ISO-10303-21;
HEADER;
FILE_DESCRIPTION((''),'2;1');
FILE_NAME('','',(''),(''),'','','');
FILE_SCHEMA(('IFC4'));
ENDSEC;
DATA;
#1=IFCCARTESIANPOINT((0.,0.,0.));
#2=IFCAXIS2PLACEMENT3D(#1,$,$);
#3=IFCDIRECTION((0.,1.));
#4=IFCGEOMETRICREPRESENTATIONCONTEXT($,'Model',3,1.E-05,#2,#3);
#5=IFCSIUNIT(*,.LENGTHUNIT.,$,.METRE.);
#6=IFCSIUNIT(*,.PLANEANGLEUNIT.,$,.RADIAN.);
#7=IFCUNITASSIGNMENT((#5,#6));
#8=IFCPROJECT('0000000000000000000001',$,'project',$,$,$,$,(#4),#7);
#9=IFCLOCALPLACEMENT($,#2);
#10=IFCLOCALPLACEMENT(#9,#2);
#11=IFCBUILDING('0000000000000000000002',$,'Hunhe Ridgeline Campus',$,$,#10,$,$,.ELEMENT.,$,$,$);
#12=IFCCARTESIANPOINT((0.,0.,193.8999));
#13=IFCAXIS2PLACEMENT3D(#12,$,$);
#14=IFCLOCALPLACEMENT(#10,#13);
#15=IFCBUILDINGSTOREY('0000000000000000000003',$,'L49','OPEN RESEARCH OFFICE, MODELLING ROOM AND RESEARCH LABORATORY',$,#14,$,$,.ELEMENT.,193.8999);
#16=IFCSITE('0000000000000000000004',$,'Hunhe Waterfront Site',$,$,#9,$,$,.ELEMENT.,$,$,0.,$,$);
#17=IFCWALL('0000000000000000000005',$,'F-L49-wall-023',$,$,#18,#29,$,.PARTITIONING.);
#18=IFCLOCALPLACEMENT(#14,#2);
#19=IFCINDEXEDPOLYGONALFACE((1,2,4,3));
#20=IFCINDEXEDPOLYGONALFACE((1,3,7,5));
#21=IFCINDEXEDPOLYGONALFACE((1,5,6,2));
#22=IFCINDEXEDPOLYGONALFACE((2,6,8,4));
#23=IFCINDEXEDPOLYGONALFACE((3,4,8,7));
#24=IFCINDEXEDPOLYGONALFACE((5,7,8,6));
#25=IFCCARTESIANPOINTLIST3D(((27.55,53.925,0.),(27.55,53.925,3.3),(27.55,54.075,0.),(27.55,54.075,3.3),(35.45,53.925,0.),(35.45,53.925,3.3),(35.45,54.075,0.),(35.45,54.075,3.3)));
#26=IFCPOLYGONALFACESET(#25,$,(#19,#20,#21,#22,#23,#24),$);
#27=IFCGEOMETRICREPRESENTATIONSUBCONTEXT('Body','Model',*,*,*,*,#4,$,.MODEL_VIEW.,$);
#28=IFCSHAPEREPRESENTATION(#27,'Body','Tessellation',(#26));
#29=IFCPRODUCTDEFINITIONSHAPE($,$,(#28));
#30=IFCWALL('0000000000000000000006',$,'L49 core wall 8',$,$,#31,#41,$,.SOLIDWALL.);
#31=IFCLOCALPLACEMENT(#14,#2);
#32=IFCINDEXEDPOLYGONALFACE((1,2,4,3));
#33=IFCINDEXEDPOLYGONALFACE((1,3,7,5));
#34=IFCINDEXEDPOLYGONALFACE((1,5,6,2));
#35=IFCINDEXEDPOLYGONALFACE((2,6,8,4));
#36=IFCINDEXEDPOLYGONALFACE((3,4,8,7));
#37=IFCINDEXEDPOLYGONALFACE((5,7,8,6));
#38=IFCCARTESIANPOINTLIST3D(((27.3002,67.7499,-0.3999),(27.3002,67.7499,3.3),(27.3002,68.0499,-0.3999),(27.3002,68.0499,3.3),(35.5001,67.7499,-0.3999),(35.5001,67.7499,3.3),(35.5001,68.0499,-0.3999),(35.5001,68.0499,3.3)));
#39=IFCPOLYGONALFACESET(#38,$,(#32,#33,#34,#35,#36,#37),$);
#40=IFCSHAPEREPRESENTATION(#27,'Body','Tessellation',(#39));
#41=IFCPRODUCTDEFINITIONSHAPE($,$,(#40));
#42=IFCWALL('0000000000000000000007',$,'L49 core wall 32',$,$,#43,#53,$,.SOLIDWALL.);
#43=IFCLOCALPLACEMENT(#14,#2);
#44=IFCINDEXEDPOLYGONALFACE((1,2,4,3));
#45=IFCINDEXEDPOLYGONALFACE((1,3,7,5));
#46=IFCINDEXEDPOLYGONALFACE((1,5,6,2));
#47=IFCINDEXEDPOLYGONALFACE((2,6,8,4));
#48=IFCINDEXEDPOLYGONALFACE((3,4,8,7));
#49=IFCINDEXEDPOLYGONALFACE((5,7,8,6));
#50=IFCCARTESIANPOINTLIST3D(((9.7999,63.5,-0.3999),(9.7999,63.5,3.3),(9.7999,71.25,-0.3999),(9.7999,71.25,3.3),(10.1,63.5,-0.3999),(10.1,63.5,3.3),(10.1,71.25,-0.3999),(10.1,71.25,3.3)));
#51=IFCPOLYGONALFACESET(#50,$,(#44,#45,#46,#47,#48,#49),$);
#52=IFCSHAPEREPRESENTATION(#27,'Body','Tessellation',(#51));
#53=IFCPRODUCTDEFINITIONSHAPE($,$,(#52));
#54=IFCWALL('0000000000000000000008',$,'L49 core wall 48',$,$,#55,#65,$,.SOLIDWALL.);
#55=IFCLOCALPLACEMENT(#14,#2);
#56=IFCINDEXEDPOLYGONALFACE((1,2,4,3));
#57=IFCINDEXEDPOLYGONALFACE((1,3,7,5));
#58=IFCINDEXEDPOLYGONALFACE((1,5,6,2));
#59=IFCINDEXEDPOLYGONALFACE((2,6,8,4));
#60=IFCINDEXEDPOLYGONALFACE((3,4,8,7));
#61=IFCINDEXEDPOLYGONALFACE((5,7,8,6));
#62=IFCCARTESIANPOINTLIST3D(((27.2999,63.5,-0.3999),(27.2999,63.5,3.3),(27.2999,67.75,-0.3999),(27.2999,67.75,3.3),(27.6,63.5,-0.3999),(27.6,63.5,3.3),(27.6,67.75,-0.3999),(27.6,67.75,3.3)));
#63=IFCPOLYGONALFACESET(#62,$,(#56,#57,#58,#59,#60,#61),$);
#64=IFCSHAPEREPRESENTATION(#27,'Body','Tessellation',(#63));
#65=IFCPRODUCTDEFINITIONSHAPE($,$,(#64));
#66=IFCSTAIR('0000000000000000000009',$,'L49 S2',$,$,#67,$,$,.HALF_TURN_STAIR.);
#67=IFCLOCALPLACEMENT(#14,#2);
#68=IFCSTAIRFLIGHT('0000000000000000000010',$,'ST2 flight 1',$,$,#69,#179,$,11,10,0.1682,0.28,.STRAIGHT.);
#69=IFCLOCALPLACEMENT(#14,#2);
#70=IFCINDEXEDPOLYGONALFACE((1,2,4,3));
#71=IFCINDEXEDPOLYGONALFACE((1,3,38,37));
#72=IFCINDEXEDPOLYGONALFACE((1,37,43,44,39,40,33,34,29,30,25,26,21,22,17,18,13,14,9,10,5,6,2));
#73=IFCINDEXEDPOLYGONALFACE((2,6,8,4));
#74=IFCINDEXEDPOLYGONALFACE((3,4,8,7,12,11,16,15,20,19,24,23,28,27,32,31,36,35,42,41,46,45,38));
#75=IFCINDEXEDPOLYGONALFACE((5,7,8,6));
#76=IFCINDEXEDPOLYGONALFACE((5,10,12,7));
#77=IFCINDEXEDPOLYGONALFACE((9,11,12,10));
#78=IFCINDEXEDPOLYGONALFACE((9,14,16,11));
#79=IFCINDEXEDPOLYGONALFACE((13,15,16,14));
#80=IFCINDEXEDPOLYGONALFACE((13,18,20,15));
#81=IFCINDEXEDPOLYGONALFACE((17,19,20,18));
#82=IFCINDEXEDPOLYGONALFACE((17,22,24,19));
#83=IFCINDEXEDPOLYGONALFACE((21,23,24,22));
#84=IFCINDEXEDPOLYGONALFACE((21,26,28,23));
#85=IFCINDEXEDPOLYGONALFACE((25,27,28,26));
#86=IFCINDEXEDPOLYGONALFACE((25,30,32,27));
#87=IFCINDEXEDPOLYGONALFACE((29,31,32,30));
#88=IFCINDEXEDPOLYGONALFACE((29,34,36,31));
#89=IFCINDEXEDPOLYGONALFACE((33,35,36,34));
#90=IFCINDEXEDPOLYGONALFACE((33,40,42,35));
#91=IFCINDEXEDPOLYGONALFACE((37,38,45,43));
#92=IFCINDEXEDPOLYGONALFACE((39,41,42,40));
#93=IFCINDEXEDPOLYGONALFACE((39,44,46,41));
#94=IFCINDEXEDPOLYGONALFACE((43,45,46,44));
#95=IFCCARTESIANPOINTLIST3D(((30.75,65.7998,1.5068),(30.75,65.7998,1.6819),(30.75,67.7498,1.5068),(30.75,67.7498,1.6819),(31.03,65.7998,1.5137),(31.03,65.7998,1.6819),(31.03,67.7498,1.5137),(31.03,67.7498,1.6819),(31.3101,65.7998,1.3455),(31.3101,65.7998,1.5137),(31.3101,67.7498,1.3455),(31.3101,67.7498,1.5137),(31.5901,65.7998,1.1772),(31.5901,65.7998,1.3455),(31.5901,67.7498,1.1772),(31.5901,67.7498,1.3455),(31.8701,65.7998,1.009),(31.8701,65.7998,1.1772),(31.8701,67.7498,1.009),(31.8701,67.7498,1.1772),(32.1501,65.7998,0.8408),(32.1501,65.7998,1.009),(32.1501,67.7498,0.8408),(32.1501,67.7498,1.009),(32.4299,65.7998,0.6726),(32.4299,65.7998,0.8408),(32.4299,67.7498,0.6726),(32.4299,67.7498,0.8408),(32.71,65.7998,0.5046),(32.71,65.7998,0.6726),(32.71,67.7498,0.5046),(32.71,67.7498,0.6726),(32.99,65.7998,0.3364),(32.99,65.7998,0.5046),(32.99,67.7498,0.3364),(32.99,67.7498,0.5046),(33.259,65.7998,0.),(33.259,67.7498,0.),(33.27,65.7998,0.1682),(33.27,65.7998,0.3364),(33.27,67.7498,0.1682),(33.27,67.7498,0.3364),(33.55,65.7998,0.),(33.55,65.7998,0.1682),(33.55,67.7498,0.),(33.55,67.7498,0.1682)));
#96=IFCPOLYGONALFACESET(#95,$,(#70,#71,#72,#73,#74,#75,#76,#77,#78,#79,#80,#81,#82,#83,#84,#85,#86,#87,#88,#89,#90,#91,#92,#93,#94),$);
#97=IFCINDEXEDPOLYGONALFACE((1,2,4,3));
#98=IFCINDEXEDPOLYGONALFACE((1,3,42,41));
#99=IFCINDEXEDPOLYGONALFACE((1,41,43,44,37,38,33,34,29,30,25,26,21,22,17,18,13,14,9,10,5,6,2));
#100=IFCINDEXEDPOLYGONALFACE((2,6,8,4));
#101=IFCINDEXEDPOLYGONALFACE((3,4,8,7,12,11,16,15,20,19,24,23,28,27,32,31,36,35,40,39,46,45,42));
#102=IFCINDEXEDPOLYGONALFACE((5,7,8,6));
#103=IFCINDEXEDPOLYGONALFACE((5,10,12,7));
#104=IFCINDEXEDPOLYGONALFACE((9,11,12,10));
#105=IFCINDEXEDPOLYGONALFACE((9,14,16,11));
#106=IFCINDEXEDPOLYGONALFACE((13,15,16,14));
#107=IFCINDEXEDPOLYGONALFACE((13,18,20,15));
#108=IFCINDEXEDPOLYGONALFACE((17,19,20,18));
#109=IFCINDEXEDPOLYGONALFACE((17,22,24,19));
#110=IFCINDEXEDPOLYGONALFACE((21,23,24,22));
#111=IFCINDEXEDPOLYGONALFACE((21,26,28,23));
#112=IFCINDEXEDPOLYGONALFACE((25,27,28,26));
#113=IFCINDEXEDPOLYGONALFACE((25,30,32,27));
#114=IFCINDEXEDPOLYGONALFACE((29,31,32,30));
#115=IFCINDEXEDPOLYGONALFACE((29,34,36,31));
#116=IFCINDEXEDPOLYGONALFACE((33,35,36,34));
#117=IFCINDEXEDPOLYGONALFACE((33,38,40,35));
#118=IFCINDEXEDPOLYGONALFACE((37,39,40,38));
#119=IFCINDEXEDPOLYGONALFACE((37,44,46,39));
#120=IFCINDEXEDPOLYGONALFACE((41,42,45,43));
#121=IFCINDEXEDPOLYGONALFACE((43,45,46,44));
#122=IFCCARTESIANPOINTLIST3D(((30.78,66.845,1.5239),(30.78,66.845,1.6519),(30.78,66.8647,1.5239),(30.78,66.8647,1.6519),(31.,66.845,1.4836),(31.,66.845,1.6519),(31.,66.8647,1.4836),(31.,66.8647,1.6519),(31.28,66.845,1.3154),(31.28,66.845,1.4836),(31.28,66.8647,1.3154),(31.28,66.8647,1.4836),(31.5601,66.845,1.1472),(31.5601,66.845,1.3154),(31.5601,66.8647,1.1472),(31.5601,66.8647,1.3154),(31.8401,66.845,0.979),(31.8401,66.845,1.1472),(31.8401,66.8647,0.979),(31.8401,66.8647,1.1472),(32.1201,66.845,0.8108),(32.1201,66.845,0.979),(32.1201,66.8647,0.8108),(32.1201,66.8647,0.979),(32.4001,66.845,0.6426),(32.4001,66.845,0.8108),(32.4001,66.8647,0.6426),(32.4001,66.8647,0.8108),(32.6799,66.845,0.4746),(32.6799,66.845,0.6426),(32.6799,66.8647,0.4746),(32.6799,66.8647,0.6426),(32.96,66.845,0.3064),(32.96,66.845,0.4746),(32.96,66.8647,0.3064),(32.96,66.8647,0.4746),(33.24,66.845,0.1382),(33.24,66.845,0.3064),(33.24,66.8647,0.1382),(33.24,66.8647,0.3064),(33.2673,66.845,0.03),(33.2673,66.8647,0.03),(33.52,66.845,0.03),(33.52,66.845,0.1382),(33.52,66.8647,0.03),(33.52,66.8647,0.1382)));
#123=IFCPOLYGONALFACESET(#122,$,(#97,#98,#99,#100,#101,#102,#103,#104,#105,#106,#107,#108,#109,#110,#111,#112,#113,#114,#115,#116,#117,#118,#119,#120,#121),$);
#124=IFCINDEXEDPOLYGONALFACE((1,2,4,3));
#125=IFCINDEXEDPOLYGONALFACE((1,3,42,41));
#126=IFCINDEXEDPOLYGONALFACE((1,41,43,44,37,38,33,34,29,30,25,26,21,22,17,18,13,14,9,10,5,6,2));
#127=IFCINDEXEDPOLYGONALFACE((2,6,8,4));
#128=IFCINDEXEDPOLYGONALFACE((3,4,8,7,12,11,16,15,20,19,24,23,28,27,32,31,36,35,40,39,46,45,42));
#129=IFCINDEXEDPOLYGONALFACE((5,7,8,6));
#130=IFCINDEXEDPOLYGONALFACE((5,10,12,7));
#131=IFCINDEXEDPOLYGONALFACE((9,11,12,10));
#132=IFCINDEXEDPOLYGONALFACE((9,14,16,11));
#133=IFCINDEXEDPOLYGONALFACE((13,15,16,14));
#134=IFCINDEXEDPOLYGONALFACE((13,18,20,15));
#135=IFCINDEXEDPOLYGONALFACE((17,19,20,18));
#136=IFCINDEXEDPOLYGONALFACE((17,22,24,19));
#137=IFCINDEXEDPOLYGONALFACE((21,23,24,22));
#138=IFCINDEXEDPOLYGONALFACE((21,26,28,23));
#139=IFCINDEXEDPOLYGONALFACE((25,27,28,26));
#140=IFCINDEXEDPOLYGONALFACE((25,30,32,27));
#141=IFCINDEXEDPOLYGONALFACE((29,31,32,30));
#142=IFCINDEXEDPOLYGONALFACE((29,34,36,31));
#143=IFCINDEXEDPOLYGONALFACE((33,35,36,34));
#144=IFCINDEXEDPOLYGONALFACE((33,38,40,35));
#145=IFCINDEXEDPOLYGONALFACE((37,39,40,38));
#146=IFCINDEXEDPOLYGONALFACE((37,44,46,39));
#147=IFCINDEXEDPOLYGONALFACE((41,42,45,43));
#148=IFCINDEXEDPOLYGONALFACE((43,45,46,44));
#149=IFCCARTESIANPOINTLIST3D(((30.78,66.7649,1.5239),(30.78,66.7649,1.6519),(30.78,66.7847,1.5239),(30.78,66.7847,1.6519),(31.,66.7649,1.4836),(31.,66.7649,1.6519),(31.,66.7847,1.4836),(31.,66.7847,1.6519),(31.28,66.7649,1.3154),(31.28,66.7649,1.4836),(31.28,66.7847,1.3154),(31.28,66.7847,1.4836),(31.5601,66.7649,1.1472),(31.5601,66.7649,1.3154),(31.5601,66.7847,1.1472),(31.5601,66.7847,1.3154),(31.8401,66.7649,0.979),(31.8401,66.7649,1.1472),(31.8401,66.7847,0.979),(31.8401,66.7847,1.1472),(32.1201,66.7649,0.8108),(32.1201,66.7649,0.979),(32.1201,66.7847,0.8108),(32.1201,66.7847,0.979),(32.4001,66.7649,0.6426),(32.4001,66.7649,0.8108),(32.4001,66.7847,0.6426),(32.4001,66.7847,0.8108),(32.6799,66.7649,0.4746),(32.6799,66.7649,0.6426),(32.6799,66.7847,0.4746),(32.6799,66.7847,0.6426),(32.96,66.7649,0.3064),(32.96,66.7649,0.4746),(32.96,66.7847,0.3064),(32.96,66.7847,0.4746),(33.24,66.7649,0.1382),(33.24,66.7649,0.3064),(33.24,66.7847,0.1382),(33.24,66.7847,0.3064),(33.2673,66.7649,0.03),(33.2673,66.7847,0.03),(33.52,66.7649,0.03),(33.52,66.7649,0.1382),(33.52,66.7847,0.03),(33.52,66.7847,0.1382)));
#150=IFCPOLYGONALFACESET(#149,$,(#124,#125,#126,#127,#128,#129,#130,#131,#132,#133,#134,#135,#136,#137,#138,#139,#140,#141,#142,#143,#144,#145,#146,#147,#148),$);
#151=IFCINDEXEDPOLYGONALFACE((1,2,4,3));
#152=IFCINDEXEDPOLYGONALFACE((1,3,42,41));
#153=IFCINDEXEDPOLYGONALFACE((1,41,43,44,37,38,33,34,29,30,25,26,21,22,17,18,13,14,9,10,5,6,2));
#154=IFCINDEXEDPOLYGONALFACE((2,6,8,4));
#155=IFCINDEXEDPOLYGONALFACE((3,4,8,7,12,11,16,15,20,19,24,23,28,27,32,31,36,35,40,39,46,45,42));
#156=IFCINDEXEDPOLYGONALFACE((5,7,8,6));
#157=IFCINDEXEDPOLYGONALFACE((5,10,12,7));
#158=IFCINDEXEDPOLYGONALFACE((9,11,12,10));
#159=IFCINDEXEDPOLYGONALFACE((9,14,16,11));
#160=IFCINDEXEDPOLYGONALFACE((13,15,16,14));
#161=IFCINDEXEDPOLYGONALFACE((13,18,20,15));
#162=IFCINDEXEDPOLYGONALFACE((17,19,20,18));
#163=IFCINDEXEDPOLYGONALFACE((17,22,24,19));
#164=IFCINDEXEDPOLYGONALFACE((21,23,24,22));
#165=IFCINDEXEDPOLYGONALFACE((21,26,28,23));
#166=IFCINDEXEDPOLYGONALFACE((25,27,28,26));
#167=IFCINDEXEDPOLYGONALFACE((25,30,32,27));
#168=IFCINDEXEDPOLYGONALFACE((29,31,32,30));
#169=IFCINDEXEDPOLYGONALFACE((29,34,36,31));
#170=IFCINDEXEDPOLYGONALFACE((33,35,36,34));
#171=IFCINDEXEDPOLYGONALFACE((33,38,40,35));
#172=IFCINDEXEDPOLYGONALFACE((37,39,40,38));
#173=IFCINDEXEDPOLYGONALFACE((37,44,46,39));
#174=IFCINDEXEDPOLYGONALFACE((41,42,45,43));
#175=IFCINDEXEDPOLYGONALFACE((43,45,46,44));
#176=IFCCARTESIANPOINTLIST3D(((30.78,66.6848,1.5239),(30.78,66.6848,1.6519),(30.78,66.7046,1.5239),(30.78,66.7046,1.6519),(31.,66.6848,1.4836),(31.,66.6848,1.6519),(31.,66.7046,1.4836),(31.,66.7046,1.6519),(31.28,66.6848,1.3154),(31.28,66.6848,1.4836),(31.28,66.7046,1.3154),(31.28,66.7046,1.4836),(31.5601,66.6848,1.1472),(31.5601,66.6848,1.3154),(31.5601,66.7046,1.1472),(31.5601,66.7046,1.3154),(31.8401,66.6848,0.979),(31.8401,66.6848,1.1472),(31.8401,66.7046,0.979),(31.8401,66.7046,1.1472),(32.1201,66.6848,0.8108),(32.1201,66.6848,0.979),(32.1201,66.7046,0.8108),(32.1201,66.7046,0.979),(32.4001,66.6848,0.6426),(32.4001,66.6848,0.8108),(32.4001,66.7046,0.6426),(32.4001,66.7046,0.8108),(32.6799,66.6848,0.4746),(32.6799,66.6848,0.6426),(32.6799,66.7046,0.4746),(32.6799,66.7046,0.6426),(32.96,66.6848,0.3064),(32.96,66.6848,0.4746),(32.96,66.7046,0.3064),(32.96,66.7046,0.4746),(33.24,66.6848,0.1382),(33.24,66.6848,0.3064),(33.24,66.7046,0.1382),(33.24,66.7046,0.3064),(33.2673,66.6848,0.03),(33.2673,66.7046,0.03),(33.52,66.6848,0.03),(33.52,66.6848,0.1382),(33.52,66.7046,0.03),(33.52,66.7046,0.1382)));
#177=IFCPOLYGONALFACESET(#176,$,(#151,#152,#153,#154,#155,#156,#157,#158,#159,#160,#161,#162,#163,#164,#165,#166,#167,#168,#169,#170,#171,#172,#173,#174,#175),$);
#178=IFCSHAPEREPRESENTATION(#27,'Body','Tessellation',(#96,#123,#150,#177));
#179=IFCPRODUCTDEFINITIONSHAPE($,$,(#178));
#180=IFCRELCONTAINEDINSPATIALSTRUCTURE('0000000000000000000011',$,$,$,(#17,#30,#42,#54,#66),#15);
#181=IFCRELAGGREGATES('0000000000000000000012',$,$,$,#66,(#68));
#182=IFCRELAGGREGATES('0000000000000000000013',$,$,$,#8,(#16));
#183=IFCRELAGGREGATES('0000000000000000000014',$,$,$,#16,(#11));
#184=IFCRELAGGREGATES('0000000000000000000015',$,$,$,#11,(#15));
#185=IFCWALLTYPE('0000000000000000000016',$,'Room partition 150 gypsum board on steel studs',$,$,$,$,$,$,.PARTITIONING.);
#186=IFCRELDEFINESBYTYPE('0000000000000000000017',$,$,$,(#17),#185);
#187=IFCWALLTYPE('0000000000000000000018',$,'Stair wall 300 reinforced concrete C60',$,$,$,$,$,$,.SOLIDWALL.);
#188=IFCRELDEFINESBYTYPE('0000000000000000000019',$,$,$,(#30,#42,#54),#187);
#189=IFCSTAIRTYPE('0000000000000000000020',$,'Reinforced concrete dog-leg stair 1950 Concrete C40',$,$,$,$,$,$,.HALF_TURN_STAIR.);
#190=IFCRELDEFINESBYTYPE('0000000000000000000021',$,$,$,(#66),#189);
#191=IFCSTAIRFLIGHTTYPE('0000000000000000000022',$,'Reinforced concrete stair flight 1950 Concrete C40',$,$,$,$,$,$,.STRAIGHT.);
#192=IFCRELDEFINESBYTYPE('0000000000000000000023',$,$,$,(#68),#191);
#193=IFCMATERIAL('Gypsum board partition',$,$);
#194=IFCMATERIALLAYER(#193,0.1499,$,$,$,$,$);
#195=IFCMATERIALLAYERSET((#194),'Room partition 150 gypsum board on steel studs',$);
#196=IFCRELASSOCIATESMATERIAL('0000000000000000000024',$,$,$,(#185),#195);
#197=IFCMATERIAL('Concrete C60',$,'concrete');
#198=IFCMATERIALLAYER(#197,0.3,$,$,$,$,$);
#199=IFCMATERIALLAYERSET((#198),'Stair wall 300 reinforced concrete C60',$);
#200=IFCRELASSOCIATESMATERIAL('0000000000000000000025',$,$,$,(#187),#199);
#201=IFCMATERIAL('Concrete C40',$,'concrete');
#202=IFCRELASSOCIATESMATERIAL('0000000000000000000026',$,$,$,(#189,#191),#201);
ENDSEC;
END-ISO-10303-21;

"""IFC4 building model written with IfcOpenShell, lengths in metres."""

from ifc_helpers import new_model, si_unit, direction, frame, frame_2d, origin, place, context, subcontext, project, spatial, polyline, rectangle, outline, extrude, material, layer, layer_set, type_object, element, aggregate, save


model = new_model("IFC4")

# Units and contexts
model_context = context("Model", 3, precision=1e-05, world=origin(), true_north=direction((0.0, 1.0)))
body_context = subcontext(model_context, "Body", "Model", "MODEL_VIEW")
ifc_project = project(units=[si_unit("LENGTHUNIT", "METRE"), si_unit("PLANEANGLEUNIT", "RADIAN")], contexts=[model_context])

# Site, building, storey
site_placement = place(None, origin())
site = spatial("IfcSite", under=ifc_project, at=site_placement, Name="Hunhe Waterfront Site", CompositionType="ELEMENT", RefElevation=0.0)
building_placement = place(site_placement, origin())
building = spatial("IfcBuilding", under=site, at=building_placement, Name="Hunhe Ridgeline Campus", CompositionType="ELEMENT")
storey_placement = place(building_placement, frame((0.0, 0.0, 193.8999)))
storey = spatial("IfcBuildingStorey", under=building, at=storey_placement, Name="L49", Description="OPEN RESEARCH OFFICE, MODELLING ROOM AND RESEARCH LABORATORY", CompositionType="ELEMENT", Elevation=193.8999)

# Shared definitions
ifc_material_1 = material(Name="Concrete C60", Category="concrete")

# Shared definitions
ifc_material_2 = material(Name="Gypsum board partition")

# Walls
ifc_layer_1 = layer(ifc_material_2, 0.1499)
ifc_layer_set_1 = layer_set([ifc_layer_1], Name="Room partition 150 gypsum board on steel studs")
wall_type_1 = type_object("IfcWallType", Name="Room partition 150 gypsum board on steel studs", PredefinedType="PARTITIONING", material=ifc_layer_set_1)
wall_1_placement = place(storey_placement, frame((27.55, 54.0, 0.0), z_axis=(0.0, 0.0, 1.0), x_axis=(1.0, 0.0, 0.0)))
element("IfcWall", 1, at=wall_1_placement, inside=storey, type_object=wall_type_1, Name="F-L49-wall-023", PredefinedType="PARTITIONING", context=body_context, shape_type="SweptSolid", body=[
    extrude(rectangle(XDim=7.8999, YDim=0.1499, at=frame_2d((3.95, 0.0))), origin(), (0.0, 0.0, 1.0), 3.3),
])
ifc_layer_2 = layer(ifc_material_1, 0.3)
ifc_layer_set_2 = layer_set([ifc_layer_2], Name="Stair wall 300 reinforced concrete C60")
wall_type_2 = type_object("IfcWallType", Name="Stair wall 300 reinforced concrete C60", PredefinedType="SOLIDWALL", material=ifc_layer_set_2)
wall_2_placement = place(storey_placement, frame((27.3, 67.8999, -0.3999), z_axis=(0.0, 0.0, 1.0), x_axis=(1.0, 0.0, 0.0)))
element("IfcWall", 2, at=wall_2_placement, inside=storey, type_object=wall_type_2, Name="L49 core wall 8", PredefinedType="SOLIDWALL", context=body_context, shape_type="SweptSolid", body=[
    extrude(rectangle(XDim=8.2, YDim=0.3, at=frame_2d((4.1001, 0.0))), origin(), (0.0, 0.0, 1.0), 3.7),
])
wall_3_placement = place(storey_placement, frame((9.95, 63.5, -0.3999), z_axis=(0.0, 0.0, 1.0), x_axis=(0.0, 1.0, 0.0)))
element("IfcWall", 3, at=wall_3_placement, inside=storey, type_object=wall_type_2, Name="L49 core wall 32", PredefinedType="SOLIDWALL", context=body_context, shape_type="SweptSolid", body=[
    extrude(rectangle(XDim=7.75, YDim=0.3, at=frame_2d((3.875, 0.0))), origin(), (0.0, 0.0, 1.0), 3.7),
])
wall_4_placement = place(storey_placement, frame((27.45, 63.5, -0.3999), z_axis=(0.0, 0.0, 1.0), x_axis=(0.0, 1.0, 0.0)))
element("IfcWall", 4, at=wall_4_placement, inside=storey, type_object=wall_type_2, Name="L49 core wall 48", PredefinedType="SOLIDWALL", context=body_context, shape_type="SweptSolid", body=[
    extrude(rectangle(XDim=4.25, YDim=0.3, at=frame_2d((2.125, 0.0))), origin(), (0.0, 0.0, 1.0), 3.7),
])

# Stair, stair flight
ifc_material_3 = material(Name="Concrete C40", Category="concrete")
stair_type = type_object("IfcStairType", Name="Reinforced concrete dog-leg stair 1950 Concrete C40", PredefinedType="HALF_TURN_STAIR", material=ifc_material_3)
stair_placement = place(storey_placement, origin())
stair = element("IfcStair", 5, at=stair_placement, inside=storey, type_object=stair_type, Name="L49 S2", PredefinedType="HALF_TURN_STAIR")
stair_flight_type = type_object("IfcStairFlightType", Name="Reinforced concrete stair flight 1950 Concrete C40", PredefinedType="STRAIGHT", material=ifc_material_3)
stair_flight_1_placement = place(storey_placement, frame((33.55, 66.7749, 0.0), z_axis=(0.0, 0.0, 1.0), x_axis=(-1.0, 0.0, 0.0)))
stair_flight_1 = element("IfcStairFlight", 6, at=stair_flight_1_placement, type_object=stair_flight_type, Name="ST2 flight 1", NumberOfRisers=11, NumberOfTreads=10, PredefinedType="STRAIGHT", RiserHeight=0.1682, TreadLength=0.28, context=body_context, shape_type="SweptSolid", body=[
    extrude(outline(polyline([(0.0, 0.0), (0.0, 0.1682), (0.28, 0.1682), (0.28, 0.3364), (0.5601, 0.3364), (0.5601, 0.5046), (0.8401, 0.5046), (0.8401, 0.6726), (1.1201, 0.6726), (1.1201, 0.8408), (1.3999, 0.8408), (1.3999, 1.009), (1.6799, 1.009), (1.6799, 1.1772), (1.96, 1.1772), (1.96, 1.3455), (2.24, 1.3455), (2.24, 1.5137), (2.52, 1.5137), (2.52, 1.6819), (2.8, 1.6819), (2.8, 1.8501), (2.8, 1.5068), (0.291, 0.0), (0.0, 0.0)])), frame((0.0, 0.9751, 0.0), z_axis=(0.0, -1.0, 0.0), x_axis=(1.0, 0.0, 0.0)), (0.0, 0.0, 1.0), 1.95),
    extrude(outline(polyline([(0.03, 0.03), (0.03, 0.1382), (0.3101, 0.1382), (0.3101, 0.3064), (0.5901, 0.3064), (0.5901, 0.4746), (0.8701, 0.4746), (0.8701, 0.6426), (1.1499, 0.6426), (1.1499, 0.8108), (1.4299, 0.8108), (1.4299, 0.979), (1.71, 0.979), (1.71, 1.1472), (1.99, 1.1472), (1.99, 1.3154), (2.27, 1.3154), (2.27, 1.4836), (2.55, 1.4836), (2.55, 1.6519), (2.77, 1.6519), (2.77, 1.5239), (0.2827, 0.03), (0.03, 0.03)])), frame((0.0, -0.0701, 0.0), z_axis=(0.0, -1.0, 0.0), x_axis=(1.0, 0.0, 0.0)), (0.0, 0.0, 1.0), 0.0198),
    extrude(outline(polyline([(0.03, 0.03), (0.03, 0.1382), (0.3101, 0.1382), (0.3101, 0.3064), (0.5901, 0.3064), (0.5901, 0.4746), (0.8701, 0.4746), (0.8701, 0.6426), (1.1499, 0.6426), (1.1499, 0.8108), (1.4299, 0.8108), (1.4299, 0.979), (1.71, 0.979), (1.71, 1.1472), (1.99, 1.1472), (1.99, 1.3154), (2.27, 1.3154), (2.27, 1.4836), (2.55, 1.4836), (2.55, 1.6519), (2.77, 1.6519), (2.77, 1.5239), (0.2827, 0.03), (0.03, 0.03)])), frame((0.0, 0.01, 0.0), z_axis=(0.0, -1.0, 0.0), x_axis=(1.0, 0.0, 0.0)), (0.0, 0.0, 1.0), 0.0198),
    extrude(outline(polyline([(0.03, 0.03), (0.03, 0.1382), (0.3101, 0.1382), (0.3101, 0.3064), (0.5901, 0.3064), (0.5901, 0.4746), (0.8701, 0.4746), (0.8701, 0.6426), (1.1499, 0.6426), (1.1499, 0.8108), (1.4299, 0.8108), (1.4299, 0.979), (1.71, 0.979), (1.71, 1.1472), (1.99, 1.1472), (1.99, 1.3154), (2.27, 1.3154), (2.27, 1.4836), (2.55, 1.4836), (2.55, 1.6519), (2.77, 1.6519), (2.77, 1.5239), (0.2827, 0.03), (0.03, 0.03)])), frame((0.0, 0.0901, 0.0), z_axis=(0.0, -1.0, 0.0), x_axis=(1.0, 0.0, 0.0)), (0.0, 0.0, 1.0), 0.0198),
])
aggregate(stair, [stair_flight_1])

save(model, "model.ifc")
